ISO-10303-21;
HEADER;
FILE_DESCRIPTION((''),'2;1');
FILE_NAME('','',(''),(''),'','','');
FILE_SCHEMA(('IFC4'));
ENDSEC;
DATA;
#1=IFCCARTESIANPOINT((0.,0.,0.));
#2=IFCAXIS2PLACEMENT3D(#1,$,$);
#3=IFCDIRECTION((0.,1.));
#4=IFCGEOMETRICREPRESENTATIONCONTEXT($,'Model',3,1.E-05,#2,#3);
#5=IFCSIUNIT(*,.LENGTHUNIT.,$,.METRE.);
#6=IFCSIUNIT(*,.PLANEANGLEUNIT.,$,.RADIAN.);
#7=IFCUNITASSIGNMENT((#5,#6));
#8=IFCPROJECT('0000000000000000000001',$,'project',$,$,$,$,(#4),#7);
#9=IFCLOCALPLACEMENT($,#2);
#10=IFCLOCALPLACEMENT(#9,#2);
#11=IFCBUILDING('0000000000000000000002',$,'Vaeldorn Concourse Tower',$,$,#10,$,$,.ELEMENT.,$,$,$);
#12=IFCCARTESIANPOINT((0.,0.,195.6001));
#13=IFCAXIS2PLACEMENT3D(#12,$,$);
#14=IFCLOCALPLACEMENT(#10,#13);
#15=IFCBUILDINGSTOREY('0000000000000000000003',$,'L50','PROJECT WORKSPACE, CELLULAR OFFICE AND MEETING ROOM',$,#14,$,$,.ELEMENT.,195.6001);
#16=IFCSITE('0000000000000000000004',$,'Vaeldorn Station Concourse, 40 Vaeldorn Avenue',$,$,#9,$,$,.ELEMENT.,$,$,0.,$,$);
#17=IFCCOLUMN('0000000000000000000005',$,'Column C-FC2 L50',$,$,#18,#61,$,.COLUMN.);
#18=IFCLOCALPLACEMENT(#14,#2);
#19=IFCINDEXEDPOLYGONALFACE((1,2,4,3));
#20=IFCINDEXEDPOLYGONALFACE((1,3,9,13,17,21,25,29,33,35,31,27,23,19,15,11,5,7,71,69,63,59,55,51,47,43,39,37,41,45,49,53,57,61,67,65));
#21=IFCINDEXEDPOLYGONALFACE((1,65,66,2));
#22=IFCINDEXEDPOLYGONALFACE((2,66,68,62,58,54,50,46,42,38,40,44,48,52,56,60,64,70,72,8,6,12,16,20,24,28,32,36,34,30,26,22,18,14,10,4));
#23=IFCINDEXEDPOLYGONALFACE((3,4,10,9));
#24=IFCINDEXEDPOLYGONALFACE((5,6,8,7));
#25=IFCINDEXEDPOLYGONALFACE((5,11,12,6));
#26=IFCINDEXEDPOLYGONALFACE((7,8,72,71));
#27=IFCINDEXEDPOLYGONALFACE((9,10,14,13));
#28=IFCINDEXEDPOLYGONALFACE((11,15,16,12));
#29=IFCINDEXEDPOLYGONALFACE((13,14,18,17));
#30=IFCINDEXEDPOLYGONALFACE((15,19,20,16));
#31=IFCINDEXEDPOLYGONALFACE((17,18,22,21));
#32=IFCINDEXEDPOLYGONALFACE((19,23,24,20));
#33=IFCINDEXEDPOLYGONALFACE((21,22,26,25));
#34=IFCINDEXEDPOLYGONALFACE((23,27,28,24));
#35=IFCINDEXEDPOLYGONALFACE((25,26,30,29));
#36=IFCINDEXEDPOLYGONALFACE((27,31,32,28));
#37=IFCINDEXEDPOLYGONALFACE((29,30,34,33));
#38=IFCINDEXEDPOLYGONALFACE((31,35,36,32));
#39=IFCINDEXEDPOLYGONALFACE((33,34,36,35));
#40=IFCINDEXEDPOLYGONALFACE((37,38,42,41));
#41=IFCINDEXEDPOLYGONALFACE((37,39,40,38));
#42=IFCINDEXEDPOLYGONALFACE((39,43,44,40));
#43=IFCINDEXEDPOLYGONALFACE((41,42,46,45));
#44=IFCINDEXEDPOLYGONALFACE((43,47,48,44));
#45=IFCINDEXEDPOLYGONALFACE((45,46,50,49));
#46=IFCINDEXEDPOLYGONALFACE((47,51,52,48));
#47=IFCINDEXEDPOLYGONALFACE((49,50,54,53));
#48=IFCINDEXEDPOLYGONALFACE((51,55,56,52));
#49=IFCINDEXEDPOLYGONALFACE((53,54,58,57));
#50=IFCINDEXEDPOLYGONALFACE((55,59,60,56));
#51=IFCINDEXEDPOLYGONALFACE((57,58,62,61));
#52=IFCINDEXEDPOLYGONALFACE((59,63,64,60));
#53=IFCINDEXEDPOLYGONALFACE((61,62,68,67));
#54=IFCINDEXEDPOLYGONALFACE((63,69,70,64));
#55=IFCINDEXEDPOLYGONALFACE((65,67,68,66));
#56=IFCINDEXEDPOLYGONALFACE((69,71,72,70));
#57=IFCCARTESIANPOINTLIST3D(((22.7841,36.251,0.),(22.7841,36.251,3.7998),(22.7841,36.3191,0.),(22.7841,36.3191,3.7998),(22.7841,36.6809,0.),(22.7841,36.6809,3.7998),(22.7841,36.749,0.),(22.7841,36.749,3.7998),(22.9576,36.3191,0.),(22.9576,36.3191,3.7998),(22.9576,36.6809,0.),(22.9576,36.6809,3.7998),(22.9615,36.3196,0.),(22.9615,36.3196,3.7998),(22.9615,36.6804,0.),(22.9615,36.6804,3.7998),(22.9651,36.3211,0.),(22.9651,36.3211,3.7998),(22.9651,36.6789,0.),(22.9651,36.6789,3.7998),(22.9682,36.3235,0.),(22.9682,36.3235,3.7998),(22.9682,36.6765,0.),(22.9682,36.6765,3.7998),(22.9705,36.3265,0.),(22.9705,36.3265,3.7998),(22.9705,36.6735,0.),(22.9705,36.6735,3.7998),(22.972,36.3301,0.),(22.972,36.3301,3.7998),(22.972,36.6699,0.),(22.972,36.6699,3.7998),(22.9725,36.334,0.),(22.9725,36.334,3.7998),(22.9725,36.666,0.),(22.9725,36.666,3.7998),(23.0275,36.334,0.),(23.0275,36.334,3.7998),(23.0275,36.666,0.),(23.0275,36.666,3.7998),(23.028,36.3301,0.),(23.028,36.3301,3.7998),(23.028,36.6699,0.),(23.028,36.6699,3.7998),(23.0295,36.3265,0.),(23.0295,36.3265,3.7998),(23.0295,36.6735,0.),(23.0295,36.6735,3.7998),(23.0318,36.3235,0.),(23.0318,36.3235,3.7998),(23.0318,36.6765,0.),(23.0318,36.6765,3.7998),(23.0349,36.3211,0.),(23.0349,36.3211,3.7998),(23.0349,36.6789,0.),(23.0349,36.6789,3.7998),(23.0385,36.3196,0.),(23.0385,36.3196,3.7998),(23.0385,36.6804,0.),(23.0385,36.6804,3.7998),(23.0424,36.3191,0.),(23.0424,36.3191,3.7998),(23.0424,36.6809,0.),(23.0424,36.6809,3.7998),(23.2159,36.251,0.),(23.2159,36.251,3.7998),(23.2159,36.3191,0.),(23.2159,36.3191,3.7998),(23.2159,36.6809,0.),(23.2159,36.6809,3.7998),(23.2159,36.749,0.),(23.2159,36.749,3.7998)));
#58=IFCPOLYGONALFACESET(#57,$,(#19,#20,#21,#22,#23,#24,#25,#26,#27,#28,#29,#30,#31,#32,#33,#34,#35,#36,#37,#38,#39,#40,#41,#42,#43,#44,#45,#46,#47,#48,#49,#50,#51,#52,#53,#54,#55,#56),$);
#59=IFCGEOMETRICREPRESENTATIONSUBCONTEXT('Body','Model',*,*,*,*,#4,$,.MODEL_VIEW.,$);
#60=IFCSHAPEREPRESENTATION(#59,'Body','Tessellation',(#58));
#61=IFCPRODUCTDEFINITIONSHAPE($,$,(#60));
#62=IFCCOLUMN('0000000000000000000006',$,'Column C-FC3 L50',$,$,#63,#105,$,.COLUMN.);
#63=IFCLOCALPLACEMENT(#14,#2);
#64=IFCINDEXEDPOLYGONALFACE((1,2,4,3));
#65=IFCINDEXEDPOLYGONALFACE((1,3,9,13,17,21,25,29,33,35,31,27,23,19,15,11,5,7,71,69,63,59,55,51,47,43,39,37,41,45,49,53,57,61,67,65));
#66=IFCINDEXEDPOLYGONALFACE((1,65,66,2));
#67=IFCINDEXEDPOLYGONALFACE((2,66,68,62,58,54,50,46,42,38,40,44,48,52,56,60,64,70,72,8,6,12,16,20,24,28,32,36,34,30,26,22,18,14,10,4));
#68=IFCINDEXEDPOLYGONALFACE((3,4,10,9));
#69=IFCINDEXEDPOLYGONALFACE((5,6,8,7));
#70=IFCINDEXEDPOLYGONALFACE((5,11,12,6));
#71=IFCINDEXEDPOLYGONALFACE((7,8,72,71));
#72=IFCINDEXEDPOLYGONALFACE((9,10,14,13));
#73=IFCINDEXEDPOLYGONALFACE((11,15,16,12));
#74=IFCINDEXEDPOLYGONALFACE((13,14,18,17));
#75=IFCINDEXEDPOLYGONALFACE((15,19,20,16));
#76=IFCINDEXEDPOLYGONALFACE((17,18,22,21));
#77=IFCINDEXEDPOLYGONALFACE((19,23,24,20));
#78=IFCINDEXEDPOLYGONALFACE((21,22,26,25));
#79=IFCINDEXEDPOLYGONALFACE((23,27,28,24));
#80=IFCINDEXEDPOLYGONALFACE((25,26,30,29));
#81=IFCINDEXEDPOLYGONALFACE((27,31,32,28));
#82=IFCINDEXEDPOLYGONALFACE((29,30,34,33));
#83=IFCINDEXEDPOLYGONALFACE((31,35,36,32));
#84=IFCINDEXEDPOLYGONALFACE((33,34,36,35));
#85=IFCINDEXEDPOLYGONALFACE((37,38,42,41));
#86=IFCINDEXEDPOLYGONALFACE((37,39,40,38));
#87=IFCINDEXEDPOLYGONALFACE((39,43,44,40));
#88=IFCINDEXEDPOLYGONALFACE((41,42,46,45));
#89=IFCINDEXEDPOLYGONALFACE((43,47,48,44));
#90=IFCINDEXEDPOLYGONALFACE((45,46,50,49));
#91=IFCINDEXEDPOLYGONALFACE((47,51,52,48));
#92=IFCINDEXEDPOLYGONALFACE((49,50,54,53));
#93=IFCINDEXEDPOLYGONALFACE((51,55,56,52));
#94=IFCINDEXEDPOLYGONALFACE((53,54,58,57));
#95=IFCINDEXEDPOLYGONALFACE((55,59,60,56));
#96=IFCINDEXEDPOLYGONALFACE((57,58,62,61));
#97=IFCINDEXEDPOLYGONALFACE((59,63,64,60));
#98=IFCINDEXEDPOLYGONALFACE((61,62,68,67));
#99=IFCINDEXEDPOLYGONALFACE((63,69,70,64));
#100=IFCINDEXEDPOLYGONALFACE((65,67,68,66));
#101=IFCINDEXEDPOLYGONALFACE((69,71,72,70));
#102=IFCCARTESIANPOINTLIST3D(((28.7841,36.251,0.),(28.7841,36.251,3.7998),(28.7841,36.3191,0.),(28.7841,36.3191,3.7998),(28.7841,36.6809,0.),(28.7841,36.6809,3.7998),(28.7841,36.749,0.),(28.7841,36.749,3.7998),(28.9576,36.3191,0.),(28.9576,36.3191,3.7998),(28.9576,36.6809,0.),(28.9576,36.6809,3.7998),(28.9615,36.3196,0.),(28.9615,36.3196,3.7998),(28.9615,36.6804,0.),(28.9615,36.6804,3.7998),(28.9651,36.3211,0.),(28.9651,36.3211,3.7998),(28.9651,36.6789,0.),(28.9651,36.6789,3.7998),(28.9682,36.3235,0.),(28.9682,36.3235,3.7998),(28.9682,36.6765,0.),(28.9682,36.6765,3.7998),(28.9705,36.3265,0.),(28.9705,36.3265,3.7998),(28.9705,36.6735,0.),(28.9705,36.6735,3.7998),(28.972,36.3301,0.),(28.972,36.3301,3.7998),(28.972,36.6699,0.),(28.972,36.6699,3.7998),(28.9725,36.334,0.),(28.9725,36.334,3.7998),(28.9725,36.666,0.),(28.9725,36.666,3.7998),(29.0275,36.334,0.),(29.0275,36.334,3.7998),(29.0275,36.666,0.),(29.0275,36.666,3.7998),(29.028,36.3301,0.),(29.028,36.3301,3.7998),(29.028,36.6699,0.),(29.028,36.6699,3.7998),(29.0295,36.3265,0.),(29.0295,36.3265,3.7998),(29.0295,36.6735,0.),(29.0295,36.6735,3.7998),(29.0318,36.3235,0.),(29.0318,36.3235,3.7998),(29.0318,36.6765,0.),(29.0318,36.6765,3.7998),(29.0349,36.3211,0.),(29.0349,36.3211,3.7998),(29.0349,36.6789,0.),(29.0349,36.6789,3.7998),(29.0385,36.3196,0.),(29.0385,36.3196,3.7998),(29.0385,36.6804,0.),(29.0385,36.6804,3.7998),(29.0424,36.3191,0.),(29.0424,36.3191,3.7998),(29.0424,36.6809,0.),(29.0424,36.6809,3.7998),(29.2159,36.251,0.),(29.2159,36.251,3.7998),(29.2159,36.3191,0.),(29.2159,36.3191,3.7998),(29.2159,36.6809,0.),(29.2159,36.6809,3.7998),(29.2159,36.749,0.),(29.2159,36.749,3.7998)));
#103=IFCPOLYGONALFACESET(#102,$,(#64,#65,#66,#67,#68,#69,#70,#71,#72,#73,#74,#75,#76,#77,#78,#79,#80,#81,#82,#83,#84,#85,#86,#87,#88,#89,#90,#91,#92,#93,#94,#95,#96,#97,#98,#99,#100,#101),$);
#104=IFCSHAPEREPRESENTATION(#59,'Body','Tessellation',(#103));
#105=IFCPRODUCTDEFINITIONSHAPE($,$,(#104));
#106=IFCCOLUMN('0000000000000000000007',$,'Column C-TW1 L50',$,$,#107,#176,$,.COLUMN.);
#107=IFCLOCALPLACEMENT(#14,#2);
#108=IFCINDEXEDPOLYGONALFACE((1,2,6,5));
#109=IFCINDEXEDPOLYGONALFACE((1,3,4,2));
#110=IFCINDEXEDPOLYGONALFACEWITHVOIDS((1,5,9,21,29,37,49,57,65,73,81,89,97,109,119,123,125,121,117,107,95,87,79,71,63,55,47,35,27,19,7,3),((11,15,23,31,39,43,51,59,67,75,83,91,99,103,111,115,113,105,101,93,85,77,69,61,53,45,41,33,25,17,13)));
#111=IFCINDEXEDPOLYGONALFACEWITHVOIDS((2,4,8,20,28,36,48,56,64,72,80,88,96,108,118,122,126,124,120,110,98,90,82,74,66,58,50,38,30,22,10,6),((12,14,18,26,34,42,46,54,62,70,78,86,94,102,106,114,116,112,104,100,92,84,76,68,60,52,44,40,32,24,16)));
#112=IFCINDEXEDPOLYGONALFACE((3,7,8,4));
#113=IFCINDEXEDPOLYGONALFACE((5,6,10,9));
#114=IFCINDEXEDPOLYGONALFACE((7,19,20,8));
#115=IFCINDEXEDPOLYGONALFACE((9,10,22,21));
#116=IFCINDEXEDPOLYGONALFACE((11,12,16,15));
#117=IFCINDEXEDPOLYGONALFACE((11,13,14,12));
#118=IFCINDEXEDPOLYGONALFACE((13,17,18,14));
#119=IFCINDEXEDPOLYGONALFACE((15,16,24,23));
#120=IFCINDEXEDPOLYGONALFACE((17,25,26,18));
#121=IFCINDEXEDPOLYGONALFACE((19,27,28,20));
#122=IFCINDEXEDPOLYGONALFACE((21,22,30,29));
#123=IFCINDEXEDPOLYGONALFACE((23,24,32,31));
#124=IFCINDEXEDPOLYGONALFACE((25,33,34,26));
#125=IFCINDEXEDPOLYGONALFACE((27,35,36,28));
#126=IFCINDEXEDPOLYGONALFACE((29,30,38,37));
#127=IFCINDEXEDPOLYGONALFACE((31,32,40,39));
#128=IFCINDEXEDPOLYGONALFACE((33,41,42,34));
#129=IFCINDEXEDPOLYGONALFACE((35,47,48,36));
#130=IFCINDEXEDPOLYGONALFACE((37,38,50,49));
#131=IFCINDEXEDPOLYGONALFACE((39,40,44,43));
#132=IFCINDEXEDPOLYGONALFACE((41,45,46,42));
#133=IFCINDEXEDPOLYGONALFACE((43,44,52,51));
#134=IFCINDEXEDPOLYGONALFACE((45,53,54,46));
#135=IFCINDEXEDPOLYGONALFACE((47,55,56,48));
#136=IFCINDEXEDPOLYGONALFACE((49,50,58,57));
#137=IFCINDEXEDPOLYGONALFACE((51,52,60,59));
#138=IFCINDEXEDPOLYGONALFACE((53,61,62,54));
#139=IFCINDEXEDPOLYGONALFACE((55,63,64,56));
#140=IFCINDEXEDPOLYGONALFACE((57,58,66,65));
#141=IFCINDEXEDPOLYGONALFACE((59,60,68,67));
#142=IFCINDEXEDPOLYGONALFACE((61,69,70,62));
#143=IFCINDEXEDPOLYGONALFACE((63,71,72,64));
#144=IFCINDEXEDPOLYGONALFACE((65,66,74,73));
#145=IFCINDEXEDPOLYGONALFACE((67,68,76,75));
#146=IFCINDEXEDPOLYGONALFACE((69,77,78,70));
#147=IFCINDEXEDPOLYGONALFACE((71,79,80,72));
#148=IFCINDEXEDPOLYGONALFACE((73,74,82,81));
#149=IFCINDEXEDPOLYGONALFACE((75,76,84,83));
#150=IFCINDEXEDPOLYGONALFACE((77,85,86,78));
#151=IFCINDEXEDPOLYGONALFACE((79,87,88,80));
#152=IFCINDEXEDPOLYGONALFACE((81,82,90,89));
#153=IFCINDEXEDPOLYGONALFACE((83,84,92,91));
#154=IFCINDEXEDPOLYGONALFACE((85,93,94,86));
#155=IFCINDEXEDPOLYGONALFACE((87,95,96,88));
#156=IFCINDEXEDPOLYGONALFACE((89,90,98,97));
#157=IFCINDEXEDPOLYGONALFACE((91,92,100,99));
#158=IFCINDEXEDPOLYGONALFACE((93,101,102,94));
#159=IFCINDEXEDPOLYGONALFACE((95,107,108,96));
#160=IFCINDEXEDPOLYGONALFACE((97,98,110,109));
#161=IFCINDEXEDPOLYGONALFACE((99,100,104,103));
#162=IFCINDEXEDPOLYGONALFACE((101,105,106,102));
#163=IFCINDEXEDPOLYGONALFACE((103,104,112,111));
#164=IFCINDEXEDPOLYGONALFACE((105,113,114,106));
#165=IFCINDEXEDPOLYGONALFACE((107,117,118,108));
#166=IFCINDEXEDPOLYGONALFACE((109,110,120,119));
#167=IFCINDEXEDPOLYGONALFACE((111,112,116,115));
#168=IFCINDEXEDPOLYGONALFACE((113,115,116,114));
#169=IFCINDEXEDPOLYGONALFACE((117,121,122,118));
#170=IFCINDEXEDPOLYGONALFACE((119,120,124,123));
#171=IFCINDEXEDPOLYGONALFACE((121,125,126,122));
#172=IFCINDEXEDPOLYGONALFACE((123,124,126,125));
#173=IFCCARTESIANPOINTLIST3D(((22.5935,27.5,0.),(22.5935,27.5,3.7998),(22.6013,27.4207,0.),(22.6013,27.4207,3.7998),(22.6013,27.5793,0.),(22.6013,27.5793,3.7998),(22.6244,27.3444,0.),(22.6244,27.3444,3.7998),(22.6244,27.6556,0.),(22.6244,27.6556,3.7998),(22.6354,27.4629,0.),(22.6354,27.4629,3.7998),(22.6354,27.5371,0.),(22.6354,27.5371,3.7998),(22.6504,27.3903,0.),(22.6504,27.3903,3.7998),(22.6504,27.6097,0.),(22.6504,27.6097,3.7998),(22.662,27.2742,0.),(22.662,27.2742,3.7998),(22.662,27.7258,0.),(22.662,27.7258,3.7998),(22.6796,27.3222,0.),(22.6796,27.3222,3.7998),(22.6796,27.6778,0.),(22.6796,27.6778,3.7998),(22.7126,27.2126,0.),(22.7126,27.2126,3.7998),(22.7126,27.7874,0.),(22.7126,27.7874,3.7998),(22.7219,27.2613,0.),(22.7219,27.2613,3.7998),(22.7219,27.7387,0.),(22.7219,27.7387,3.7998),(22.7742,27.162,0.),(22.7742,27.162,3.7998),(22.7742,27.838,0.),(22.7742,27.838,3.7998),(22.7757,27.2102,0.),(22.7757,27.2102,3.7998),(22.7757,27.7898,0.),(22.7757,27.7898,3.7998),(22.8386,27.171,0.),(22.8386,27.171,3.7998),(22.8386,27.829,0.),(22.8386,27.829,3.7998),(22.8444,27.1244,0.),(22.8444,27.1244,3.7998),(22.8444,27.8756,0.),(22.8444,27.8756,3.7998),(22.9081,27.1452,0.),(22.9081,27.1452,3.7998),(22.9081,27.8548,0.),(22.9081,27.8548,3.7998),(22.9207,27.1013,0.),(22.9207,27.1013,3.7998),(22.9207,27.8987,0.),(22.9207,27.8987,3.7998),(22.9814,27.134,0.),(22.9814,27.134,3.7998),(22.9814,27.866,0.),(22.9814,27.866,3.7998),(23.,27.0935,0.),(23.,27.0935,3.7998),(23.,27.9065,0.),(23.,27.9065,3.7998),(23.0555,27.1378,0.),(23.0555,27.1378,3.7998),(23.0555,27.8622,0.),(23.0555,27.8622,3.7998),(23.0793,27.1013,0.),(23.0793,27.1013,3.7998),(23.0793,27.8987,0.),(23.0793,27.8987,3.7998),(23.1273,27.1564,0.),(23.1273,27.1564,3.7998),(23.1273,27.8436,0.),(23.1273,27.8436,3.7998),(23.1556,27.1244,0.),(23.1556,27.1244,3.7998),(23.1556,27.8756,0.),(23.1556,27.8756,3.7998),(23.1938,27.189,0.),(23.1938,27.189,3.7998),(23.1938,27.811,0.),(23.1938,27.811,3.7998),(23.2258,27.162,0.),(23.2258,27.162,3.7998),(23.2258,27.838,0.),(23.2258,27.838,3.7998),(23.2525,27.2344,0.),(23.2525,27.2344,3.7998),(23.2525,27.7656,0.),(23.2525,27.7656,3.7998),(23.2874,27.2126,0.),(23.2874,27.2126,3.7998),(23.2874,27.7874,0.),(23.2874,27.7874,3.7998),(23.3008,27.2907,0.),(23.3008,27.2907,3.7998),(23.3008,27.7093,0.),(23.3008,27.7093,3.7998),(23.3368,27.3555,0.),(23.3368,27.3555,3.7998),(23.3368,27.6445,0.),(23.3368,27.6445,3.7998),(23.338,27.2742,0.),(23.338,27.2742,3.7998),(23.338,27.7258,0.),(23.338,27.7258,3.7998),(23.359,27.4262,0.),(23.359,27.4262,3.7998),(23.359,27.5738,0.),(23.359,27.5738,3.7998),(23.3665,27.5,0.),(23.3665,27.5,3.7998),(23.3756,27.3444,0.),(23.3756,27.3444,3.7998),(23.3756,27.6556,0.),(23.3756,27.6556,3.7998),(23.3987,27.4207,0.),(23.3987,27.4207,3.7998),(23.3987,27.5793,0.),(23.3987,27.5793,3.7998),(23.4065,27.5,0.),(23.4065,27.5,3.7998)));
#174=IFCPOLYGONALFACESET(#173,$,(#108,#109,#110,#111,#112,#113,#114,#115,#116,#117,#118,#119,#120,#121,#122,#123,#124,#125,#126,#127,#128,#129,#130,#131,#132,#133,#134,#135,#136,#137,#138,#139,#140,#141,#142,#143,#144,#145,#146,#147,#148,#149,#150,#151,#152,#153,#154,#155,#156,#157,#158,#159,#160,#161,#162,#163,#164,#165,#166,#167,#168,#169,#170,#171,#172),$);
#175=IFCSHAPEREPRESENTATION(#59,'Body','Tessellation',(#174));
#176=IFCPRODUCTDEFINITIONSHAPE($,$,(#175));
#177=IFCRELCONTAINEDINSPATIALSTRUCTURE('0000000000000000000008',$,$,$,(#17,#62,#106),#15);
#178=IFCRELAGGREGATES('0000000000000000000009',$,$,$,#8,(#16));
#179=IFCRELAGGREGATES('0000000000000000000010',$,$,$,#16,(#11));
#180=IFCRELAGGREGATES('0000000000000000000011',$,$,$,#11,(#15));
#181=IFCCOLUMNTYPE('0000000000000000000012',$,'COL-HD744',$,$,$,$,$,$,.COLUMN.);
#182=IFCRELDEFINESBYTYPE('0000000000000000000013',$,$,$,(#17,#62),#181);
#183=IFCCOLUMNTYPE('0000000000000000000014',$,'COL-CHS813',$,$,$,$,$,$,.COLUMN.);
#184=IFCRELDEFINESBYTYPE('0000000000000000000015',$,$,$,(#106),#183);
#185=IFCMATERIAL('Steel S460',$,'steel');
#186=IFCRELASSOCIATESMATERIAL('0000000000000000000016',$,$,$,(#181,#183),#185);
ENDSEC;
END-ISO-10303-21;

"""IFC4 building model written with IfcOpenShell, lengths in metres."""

from ifc_helpers import new_model, si_unit, direction, frame, origin, origin_2d, place, context, subcontext, project, spatial, hollow_circle, i_section, extrude, source, transform, mapped, material, material_profile, profile_set, type_object, element, save


model = new_model("IFC4")

# Units and contexts
model_context = context("Model", 3, precision=1e-05, world=origin(), true_north=direction((0.0, 1.0)))
body_context = subcontext(model_context, "Body", "Model", "MODEL_VIEW")
ifc_project = project(units=[si_unit("LENGTHUNIT", "METRE"), si_unit("PLANEANGLEUNIT", "RADIAN")], contexts=[model_context])

# Site, building, storey
site_placement = place(None, origin())
site = spatial("IfcSite", under=ifc_project, at=site_placement, Name="Vaeldorn Station Concourse, 40 Vaeldorn Avenue", CompositionType="ELEMENT", RefElevation=0.0)
building_placement = place(site_placement, origin())
building = spatial("IfcBuilding", under=site, at=building_placement, Name="Vaeldorn Concourse Tower", CompositionType="ELEMENT")
storey_placement = place(building_placement, frame((0.0, 0.0, 195.6001)))
storey = spatial("IfcBuildingStorey", under=building, at=storey_placement, Name="L50", Description="PROJECT WORKSPACE, CELLULAR OFFICE AND MEETING ROOM", CompositionType="ELEMENT", Elevation=195.6001)

# Columns
ifc_material_1 = material(Name="Steel S460", Category="steel")
ifc_material_profile_1 = material_profile(ifc_material_1, i_section(OverallWidth=0.4319, OverallDepth=0.498, WebThickness=0.0549, FlangeThickness=0.0681, FilletRadius=0.0149, at=origin_2d()), Name="HD 400x744")
ifc_profile_set_1 = profile_set([ifc_material_profile_1], Name="Steel S460")
column_type_1 = type_object("IfcColumnType", Name="COL-HD744", PredefinedType="COLUMN", material=ifc_profile_set_1)
shared_shape_1 = source(origin(), body_context, "Body", "SweptSolid", [
    extrude(i_section(OverallWidth=0.4319, OverallDepth=0.498, WebThickness=0.0549, FlangeThickness=0.0681, FilletRadius=0.0149, at=origin_2d()), origin(), (0.0, 0.0, 1.0), 3.7998),
])
for number, where, z_axis, x_axis, name in (
    (1, (23.0, 36.5, 0.0), (0.0, 0.0, 1.0), (1.0, 0.0, 0.0), "Column C-FC2 L50"),
    (2, (29.0, 36.5, 0.0), (0.0, 0.0, 1.0), (1.0, 0.0, 0.0), "Column C-FC3 L50"),
):
    element("IfcColumn", number, at=place(storey_placement, frame(where, z_axis=z_axis, x_axis=x_axis)), inside=storey, type_object=column_type_1, Name=name, PredefinedType="COLUMN", context=body_context, shape_type="MappedRepresentation", body=[
        mapped(shared_shape_1, transform((0.0, 0.0, 0.0), scale=1.0)),
    ])
ifc_material_profile_2 = material_profile(ifc_material_1, hollow_circle(Radius=0.4065, WallThickness=0.04, at=origin_2d()), Name="CHS 813x40")
ifc_profile_set_2 = profile_set([ifc_material_profile_2], Name="Steel S460")
column_type_2 = type_object("IfcColumnType", Name="COL-CHS813", PredefinedType="COLUMN", material=ifc_profile_set_2)
shared_shape_2 = source(origin(), body_context, "Body", "SweptSolid", [
    extrude(hollow_circle(Radius=0.4065, WallThickness=0.04, at=origin_2d()), origin(), (0.0, 0.0, 1.0), 3.7998),
])
column_1_placement = place(storey_placement, frame((23.0, 27.5, 0.0), z_axis=(0.0, 0.0, 1.0), x_axis=(1.0, 0.0, 0.0)))
element("IfcColumn", 3, at=column_1_placement, inside=storey, type_object=column_type_2, Name="Column C-TW1 L50", PredefinedType="COLUMN", context=body_context, shape_type="MappedRepresentation", body=[
    mapped(shared_shape_2, transform((0.0, 0.0, 0.0), scale=1.0)),
])

save(model, "model.ifc")
